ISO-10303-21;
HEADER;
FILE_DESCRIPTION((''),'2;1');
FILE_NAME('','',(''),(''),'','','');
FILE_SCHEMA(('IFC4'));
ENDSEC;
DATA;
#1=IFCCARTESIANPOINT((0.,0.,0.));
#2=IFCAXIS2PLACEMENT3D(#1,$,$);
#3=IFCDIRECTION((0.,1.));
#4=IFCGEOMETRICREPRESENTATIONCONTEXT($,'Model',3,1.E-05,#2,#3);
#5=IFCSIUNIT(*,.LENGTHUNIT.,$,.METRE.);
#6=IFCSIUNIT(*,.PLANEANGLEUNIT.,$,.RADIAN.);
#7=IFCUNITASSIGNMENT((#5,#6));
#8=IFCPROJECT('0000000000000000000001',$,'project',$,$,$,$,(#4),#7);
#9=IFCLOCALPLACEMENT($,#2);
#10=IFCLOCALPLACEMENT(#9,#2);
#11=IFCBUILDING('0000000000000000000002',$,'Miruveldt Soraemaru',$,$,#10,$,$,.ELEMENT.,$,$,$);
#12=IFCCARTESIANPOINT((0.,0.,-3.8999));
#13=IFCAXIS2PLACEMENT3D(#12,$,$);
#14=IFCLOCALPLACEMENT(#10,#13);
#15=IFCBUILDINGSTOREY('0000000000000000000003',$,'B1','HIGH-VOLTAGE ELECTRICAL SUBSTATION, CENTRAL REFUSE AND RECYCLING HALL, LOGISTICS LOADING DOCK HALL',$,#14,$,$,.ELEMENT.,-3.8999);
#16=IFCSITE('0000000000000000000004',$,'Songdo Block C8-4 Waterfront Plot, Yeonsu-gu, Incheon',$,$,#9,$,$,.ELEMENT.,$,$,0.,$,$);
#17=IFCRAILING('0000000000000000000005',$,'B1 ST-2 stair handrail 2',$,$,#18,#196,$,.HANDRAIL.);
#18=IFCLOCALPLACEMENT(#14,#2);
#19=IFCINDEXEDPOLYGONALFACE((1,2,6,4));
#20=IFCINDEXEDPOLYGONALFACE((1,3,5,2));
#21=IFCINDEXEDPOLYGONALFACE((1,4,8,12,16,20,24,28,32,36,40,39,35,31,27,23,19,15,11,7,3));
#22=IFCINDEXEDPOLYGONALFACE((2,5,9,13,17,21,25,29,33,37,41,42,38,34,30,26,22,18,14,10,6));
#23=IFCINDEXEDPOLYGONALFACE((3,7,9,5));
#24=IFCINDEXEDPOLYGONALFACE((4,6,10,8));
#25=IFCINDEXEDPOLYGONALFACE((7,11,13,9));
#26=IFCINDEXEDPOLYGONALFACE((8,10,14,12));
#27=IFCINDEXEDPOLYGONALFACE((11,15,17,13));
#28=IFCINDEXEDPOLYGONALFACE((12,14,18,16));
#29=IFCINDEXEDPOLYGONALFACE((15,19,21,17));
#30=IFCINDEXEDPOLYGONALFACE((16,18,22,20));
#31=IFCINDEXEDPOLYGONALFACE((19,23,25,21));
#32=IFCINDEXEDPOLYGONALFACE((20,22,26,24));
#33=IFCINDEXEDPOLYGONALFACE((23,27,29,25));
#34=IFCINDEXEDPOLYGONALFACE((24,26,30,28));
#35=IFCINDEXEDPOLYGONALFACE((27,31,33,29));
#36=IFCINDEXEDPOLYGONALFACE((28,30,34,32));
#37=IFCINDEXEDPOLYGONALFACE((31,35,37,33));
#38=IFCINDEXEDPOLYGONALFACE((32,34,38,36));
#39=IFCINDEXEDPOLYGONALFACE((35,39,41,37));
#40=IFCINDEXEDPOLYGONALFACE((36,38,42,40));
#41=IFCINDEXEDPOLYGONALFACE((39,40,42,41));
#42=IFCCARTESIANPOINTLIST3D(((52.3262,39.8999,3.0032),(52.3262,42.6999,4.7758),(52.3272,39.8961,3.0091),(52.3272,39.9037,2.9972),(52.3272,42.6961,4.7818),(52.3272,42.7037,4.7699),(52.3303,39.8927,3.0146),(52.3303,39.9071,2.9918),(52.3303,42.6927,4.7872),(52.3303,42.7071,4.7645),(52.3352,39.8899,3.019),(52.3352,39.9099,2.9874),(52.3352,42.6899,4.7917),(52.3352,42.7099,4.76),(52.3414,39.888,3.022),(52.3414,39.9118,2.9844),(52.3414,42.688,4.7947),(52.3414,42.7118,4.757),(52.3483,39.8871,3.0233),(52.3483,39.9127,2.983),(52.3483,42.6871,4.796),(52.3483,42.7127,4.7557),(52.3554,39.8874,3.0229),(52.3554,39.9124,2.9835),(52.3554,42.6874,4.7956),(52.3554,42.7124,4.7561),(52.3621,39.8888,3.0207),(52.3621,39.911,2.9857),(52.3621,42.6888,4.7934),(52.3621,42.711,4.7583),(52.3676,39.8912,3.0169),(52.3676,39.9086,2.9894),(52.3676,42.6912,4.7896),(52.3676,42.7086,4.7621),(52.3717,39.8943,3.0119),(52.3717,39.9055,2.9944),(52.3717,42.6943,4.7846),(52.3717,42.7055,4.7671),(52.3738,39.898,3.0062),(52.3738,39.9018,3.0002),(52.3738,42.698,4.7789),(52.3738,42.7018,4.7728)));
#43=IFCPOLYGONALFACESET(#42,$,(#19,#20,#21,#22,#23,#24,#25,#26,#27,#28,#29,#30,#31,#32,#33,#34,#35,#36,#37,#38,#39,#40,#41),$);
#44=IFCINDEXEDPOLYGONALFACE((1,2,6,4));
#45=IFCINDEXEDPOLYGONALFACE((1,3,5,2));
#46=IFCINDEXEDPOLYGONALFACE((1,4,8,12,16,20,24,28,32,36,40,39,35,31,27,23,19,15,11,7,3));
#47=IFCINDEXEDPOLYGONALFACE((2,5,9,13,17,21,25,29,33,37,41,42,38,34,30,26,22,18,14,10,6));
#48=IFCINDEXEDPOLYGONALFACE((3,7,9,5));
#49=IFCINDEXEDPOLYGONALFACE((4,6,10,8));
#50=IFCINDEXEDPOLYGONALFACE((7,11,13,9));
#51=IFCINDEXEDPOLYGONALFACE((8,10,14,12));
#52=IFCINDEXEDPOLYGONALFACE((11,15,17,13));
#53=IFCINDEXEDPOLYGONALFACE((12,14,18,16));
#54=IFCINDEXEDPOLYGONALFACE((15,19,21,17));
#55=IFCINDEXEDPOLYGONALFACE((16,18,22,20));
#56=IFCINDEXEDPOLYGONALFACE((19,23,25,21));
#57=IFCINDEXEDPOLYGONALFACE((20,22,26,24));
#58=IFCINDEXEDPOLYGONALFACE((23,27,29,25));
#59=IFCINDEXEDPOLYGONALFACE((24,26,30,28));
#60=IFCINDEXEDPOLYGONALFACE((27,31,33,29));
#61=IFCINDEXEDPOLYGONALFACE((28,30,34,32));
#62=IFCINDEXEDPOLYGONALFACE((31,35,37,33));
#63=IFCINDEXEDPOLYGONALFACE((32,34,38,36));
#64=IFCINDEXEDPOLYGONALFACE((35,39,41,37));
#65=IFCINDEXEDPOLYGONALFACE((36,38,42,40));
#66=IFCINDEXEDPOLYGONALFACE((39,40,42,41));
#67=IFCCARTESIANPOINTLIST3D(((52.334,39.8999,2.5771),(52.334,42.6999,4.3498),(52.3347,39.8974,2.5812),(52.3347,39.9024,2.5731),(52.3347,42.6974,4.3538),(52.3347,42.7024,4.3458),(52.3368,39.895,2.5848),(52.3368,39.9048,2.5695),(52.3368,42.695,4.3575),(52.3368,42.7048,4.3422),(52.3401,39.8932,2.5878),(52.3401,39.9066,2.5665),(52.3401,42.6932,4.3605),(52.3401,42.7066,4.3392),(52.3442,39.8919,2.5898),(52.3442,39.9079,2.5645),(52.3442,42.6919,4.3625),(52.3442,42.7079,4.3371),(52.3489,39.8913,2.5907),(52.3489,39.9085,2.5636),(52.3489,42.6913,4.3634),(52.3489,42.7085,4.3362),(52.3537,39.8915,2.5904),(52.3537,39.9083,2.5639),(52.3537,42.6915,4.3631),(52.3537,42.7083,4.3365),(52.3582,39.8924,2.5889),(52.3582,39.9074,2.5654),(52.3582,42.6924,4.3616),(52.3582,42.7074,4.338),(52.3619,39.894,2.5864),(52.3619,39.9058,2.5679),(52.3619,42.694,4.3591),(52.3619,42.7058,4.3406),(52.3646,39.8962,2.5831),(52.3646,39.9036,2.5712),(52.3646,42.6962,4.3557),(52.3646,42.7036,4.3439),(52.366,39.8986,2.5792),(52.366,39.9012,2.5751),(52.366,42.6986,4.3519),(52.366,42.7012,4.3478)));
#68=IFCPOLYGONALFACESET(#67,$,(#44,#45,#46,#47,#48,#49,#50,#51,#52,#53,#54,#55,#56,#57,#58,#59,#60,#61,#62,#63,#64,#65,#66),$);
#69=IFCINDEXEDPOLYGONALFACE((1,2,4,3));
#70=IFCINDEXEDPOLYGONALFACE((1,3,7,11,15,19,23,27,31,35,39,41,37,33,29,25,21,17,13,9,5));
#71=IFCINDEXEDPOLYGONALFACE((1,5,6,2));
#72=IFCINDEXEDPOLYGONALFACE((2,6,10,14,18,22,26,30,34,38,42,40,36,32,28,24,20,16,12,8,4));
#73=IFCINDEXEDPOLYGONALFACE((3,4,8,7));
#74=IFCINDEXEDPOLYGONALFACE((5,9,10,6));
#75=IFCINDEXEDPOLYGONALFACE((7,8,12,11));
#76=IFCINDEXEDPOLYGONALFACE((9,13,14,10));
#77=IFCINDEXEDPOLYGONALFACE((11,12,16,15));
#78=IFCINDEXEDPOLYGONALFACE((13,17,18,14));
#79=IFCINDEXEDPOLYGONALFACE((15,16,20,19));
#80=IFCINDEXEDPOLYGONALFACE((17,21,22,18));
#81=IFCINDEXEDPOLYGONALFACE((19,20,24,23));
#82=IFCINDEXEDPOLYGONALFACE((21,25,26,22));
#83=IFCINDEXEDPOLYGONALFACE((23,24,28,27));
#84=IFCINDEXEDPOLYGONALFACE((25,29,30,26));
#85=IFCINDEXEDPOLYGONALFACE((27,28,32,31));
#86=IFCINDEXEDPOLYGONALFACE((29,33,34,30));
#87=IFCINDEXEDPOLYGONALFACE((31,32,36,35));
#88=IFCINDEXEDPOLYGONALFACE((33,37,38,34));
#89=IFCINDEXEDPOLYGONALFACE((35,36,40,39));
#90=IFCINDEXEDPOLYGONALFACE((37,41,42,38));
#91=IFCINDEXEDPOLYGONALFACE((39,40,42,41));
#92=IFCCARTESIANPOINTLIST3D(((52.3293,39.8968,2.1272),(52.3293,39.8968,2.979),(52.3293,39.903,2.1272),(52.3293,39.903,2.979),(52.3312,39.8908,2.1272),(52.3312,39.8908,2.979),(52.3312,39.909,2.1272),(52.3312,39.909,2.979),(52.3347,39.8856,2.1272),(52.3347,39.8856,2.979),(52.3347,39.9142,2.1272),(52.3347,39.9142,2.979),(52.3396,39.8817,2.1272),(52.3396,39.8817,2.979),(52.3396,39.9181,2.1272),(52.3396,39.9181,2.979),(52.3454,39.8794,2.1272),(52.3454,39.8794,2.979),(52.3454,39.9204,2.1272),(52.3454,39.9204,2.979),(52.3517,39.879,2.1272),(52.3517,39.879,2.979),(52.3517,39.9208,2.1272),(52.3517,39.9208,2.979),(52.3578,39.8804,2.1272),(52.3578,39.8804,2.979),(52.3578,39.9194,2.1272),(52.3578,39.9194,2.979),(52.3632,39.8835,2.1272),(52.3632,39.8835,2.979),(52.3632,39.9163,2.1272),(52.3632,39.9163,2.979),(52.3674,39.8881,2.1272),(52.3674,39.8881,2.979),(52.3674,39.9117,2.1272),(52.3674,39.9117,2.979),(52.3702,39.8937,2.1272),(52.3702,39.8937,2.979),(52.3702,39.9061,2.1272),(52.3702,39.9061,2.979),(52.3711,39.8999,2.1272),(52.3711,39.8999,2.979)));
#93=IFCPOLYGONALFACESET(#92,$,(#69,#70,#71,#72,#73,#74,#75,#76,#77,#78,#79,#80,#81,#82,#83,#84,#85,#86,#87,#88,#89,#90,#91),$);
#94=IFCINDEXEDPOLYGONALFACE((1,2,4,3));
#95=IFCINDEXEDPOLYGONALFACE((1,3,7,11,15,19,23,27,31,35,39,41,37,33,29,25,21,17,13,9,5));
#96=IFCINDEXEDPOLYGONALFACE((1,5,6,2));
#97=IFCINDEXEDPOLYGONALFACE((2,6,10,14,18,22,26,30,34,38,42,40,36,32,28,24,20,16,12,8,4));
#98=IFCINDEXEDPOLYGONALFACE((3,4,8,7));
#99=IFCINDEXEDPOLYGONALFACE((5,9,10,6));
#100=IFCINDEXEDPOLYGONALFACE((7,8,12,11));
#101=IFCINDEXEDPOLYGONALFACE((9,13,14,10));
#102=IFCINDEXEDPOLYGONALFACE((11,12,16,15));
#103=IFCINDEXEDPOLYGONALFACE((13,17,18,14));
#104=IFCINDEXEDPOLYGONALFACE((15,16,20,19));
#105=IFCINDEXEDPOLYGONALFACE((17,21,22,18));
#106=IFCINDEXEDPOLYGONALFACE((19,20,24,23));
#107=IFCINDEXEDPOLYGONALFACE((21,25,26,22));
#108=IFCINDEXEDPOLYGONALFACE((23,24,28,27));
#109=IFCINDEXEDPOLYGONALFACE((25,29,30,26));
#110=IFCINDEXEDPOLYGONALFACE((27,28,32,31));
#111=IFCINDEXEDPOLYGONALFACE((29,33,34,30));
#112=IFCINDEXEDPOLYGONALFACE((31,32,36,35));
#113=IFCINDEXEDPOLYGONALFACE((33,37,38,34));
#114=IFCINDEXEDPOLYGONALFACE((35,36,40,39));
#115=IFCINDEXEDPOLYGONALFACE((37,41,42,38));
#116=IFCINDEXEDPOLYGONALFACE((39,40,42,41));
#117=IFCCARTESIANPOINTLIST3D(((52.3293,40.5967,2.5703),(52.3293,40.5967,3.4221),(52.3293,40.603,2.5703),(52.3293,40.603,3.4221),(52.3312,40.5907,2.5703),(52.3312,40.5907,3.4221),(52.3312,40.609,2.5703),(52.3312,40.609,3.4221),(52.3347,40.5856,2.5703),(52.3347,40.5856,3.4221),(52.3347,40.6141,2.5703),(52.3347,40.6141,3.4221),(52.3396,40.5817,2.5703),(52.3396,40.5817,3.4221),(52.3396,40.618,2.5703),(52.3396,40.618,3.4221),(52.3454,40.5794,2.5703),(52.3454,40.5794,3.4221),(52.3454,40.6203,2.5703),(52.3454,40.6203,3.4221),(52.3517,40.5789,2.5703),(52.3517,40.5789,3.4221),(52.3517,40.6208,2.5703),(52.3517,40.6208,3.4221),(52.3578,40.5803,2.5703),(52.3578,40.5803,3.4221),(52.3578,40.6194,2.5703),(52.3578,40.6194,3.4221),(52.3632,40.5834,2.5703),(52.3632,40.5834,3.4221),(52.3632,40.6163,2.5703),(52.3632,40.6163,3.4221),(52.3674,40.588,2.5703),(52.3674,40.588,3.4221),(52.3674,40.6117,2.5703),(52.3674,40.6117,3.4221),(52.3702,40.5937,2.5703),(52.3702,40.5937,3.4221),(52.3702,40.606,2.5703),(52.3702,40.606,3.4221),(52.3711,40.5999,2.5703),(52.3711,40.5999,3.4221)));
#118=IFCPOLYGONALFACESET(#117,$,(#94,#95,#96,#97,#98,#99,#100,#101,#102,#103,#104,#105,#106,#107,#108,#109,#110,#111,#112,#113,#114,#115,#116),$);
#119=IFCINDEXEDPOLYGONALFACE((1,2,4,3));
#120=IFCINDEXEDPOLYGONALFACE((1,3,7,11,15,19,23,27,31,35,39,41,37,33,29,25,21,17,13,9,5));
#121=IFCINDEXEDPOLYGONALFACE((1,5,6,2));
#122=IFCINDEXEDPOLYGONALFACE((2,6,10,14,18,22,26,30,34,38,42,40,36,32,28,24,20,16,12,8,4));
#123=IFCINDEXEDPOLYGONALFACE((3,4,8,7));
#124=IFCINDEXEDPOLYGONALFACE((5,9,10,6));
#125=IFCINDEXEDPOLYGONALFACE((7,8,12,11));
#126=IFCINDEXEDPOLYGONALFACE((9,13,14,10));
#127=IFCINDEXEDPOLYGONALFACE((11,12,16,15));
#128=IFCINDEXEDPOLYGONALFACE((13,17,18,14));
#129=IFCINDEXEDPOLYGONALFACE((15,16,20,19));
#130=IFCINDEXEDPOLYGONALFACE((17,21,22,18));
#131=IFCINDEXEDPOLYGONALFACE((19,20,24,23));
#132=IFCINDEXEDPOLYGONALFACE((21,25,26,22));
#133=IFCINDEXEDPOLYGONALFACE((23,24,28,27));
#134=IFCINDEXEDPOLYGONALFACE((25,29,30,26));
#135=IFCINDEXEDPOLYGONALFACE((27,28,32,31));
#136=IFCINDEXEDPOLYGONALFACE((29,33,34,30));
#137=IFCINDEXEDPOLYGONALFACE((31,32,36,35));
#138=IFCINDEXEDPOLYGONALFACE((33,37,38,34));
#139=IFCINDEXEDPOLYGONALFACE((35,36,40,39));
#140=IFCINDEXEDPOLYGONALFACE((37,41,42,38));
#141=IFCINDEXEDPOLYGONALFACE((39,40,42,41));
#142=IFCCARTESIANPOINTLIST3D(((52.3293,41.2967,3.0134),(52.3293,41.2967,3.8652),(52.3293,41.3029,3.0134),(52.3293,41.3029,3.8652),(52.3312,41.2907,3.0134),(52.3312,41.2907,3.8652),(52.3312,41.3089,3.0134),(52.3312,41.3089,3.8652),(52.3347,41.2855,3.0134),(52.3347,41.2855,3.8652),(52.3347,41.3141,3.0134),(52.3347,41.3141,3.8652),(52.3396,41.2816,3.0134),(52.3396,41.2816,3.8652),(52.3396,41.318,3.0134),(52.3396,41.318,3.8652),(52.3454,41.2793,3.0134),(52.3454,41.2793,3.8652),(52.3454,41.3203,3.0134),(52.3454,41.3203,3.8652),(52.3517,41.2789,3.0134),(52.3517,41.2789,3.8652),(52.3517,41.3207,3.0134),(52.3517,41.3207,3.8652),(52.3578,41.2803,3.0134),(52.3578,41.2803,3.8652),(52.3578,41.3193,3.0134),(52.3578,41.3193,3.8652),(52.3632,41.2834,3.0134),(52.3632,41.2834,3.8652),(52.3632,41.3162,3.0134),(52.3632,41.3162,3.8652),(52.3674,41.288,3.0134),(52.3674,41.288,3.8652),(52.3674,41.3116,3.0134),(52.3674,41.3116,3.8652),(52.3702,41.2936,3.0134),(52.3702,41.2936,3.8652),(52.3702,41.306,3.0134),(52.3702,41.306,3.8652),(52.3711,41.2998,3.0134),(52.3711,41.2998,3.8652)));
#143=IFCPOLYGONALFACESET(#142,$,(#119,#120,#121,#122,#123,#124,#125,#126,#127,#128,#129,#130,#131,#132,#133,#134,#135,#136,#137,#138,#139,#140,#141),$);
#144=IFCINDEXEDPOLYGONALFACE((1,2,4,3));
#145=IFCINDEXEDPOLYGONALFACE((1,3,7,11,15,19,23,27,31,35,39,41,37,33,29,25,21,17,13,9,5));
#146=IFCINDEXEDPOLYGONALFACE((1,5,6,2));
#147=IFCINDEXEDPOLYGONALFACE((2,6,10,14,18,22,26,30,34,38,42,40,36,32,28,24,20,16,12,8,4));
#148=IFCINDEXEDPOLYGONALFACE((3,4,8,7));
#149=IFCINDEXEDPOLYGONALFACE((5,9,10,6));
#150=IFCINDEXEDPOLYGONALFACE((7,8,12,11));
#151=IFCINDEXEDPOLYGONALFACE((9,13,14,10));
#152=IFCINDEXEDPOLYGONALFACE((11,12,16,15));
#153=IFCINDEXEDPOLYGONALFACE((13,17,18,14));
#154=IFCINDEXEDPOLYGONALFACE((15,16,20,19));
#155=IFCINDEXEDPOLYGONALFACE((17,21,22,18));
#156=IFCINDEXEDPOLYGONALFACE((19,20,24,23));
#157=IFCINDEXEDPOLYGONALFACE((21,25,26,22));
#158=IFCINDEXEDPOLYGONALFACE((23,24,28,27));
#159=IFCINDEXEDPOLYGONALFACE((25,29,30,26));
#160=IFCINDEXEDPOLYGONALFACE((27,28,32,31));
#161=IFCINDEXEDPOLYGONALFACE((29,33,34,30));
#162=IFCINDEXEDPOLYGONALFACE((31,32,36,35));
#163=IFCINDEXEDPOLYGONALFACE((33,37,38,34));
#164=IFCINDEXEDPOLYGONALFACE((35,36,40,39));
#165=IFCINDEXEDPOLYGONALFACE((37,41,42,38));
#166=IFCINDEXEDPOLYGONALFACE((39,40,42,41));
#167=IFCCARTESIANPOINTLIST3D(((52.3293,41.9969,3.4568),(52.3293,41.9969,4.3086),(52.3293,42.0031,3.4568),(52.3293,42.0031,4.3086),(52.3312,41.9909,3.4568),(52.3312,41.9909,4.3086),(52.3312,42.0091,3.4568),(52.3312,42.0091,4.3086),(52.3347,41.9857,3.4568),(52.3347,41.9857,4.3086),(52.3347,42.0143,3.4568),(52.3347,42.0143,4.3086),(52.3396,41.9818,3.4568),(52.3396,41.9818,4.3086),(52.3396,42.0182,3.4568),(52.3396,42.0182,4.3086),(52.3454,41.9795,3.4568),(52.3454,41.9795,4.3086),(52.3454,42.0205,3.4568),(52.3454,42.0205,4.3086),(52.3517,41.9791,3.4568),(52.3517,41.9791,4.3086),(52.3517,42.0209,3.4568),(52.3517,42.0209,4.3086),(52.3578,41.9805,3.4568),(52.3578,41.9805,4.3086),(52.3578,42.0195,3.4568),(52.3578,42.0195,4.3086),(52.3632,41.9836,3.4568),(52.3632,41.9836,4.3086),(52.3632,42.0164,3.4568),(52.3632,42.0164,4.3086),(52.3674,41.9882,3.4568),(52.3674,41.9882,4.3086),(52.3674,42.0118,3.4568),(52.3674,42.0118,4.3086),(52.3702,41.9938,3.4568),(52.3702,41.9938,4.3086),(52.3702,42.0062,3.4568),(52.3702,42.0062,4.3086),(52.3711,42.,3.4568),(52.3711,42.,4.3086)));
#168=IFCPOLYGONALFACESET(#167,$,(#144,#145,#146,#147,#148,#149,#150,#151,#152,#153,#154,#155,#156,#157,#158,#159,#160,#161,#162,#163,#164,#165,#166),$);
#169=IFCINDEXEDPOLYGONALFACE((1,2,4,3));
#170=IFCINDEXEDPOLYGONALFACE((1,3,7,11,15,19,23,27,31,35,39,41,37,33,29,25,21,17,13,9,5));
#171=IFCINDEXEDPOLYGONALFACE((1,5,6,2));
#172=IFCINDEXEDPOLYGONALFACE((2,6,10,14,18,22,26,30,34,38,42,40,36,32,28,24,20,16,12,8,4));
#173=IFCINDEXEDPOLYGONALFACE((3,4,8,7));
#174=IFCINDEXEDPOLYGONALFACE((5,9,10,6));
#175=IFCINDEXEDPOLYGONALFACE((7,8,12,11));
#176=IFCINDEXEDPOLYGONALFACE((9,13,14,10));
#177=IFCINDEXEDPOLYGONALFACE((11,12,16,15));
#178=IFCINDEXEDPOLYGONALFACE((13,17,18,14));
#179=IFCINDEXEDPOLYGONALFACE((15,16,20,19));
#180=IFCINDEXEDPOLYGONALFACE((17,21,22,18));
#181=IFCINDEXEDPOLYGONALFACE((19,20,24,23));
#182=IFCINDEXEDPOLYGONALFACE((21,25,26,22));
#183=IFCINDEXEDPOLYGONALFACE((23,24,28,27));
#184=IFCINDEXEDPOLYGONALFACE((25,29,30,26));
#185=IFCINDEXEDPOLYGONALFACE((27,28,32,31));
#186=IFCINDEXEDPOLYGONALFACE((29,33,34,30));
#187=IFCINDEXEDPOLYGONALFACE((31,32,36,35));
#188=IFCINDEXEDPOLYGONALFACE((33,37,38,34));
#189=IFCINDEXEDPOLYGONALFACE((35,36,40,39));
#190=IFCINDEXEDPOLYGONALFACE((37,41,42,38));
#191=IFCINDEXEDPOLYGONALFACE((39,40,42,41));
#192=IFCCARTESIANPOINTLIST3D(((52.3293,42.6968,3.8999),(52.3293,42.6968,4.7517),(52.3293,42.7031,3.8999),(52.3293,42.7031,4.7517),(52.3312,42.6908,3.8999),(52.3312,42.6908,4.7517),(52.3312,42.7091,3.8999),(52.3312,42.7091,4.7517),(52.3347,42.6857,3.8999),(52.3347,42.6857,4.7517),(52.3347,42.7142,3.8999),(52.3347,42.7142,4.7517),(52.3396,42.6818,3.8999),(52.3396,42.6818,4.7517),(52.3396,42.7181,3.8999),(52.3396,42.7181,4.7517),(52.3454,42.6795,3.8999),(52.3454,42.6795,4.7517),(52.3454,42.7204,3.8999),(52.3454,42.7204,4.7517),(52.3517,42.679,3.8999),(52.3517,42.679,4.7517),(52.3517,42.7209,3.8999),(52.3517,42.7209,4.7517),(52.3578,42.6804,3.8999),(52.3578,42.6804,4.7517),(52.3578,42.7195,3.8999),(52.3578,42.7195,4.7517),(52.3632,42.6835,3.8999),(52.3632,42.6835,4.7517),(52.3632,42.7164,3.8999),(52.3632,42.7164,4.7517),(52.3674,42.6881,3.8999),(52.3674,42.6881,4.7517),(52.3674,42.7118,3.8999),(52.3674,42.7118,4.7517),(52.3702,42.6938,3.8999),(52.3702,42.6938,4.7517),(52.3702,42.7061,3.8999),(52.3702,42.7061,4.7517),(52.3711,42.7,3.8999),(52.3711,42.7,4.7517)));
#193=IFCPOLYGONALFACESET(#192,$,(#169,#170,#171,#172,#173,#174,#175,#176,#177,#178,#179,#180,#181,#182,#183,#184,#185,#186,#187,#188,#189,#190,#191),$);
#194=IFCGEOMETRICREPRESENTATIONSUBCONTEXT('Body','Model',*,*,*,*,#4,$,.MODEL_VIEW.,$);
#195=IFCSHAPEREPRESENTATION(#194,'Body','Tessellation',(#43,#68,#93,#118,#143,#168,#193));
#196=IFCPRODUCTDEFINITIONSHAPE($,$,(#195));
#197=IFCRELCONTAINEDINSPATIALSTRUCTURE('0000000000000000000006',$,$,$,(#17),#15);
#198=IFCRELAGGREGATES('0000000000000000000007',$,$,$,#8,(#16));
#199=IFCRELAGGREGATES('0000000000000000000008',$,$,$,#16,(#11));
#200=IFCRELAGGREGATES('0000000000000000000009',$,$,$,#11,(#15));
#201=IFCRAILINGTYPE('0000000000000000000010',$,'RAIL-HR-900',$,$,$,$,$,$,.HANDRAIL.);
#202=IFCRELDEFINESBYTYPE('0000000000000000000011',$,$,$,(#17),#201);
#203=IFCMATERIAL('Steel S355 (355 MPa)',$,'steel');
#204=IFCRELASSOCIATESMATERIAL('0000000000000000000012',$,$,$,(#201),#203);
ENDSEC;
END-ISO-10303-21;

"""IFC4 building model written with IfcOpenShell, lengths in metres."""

from ifc_helpers import new_model, si_unit, direction, frame, origin, origin_2d, place, context, subcontext, project, spatial, circle, extrude, material, type_object, element, save


model = new_model("IFC4")

# Units and contexts
model_context = context("Model", 3, precision=1e-05, world=origin(), true_north=direction((0.0, 1.0)))
body_context = subcontext(model_context, "Body", "Model", "MODEL_VIEW")
ifc_project = project(units=[si_unit("LENGTHUNIT", "METRE"), si_unit("PLANEANGLEUNIT", "RADIAN")], contexts=[model_context])

# Site, building, storey
site_placement = place(None, origin())
site = spatial("IfcSite", under=ifc_project, at=site_placement, Name="Songdo Block C8-4 Waterfront Plot, Yeonsu-gu, Incheon", CompositionType="ELEMENT", RefElevation=0.0)
building_placement = place(site_placement, origin())
building = spatial("IfcBuilding", under=site, at=building_placement, Name="Miruveldt Soraemaru", CompositionType="ELEMENT")
storey_placement = place(building_placement, frame((0.0, 0.0, -3.8999)))
storey = spatial("IfcBuildingStorey", under=building, at=storey_placement, Name="B1", Description="HIGH-VOLTAGE ELECTRICAL SUBSTATION, CENTRAL REFUSE AND RECYCLING HALL, LOGISTICS LOADING DOCK HALL", CompositionType="ELEMENT", Elevation=-3.8999)

# Shared definitions
ifc_material_1 = material(Name="Steel S355 (355 MPa)", Category="steel")

# Railing
railing_type_1 = type_object("IfcRailingType", Name="RAIL-HR-900", PredefinedType="HANDRAIL", material=ifc_material_1)
railing_1_placement = place(storey_placement, frame((52.3501, 39.8999, 2.1272)))
element("IfcRailing", 1, at=railing_1_placement, inside=storey, type_object=railing_type_1, Name="B1 ST-2 stair handrail 2", PredefinedType="HANDRAIL", context=body_context, shape_type="SweptSolid", body=[
    extrude(circle(Radius=0.0239, at=origin_2d()), frame((0.0, 0.0, 0.876), z_axis=(0.0, 0.844909, 0.53491), x_axis=(-1.0, 0.0, 0.0)), (0.0, 0.0, 1.0), 3.314),
    extrude(circle(Radius=0.0161, at=origin_2d()), frame((0.0, 0.0, 0.45), z_axis=(0.0, 0.844909, 0.53491), x_axis=(-1.0, 0.0, 0.0)), (0.0, 0.0, 1.0), 3.314),
    extrude(circle(Radius=0.021, at=origin_2d()), origin(), (0.0, 0.0, 1.0), 0.8518),
    extrude(circle(Radius=0.021, at=origin_2d()), frame((0.0, 0.7, 0.4431)), (0.0, 0.0, 1.0), 0.8518),
    extrude(circle(Radius=0.021, at=origin_2d()), frame((0.0, 1.3999, 0.8862)), (0.0, 0.0, 1.0), 0.8518),
    extrude(circle(Radius=0.021, at=origin_2d()), frame((0.0, 2.1001, 1.3296)), (0.0, 0.0, 1.0), 0.8518),
    extrude(circle(Radius=0.021, at=origin_2d()), frame((0.0, 2.8, 1.7727)), (0.0, 0.0, 1.0), 0.8518),
])

save(model, "model.ifc")
